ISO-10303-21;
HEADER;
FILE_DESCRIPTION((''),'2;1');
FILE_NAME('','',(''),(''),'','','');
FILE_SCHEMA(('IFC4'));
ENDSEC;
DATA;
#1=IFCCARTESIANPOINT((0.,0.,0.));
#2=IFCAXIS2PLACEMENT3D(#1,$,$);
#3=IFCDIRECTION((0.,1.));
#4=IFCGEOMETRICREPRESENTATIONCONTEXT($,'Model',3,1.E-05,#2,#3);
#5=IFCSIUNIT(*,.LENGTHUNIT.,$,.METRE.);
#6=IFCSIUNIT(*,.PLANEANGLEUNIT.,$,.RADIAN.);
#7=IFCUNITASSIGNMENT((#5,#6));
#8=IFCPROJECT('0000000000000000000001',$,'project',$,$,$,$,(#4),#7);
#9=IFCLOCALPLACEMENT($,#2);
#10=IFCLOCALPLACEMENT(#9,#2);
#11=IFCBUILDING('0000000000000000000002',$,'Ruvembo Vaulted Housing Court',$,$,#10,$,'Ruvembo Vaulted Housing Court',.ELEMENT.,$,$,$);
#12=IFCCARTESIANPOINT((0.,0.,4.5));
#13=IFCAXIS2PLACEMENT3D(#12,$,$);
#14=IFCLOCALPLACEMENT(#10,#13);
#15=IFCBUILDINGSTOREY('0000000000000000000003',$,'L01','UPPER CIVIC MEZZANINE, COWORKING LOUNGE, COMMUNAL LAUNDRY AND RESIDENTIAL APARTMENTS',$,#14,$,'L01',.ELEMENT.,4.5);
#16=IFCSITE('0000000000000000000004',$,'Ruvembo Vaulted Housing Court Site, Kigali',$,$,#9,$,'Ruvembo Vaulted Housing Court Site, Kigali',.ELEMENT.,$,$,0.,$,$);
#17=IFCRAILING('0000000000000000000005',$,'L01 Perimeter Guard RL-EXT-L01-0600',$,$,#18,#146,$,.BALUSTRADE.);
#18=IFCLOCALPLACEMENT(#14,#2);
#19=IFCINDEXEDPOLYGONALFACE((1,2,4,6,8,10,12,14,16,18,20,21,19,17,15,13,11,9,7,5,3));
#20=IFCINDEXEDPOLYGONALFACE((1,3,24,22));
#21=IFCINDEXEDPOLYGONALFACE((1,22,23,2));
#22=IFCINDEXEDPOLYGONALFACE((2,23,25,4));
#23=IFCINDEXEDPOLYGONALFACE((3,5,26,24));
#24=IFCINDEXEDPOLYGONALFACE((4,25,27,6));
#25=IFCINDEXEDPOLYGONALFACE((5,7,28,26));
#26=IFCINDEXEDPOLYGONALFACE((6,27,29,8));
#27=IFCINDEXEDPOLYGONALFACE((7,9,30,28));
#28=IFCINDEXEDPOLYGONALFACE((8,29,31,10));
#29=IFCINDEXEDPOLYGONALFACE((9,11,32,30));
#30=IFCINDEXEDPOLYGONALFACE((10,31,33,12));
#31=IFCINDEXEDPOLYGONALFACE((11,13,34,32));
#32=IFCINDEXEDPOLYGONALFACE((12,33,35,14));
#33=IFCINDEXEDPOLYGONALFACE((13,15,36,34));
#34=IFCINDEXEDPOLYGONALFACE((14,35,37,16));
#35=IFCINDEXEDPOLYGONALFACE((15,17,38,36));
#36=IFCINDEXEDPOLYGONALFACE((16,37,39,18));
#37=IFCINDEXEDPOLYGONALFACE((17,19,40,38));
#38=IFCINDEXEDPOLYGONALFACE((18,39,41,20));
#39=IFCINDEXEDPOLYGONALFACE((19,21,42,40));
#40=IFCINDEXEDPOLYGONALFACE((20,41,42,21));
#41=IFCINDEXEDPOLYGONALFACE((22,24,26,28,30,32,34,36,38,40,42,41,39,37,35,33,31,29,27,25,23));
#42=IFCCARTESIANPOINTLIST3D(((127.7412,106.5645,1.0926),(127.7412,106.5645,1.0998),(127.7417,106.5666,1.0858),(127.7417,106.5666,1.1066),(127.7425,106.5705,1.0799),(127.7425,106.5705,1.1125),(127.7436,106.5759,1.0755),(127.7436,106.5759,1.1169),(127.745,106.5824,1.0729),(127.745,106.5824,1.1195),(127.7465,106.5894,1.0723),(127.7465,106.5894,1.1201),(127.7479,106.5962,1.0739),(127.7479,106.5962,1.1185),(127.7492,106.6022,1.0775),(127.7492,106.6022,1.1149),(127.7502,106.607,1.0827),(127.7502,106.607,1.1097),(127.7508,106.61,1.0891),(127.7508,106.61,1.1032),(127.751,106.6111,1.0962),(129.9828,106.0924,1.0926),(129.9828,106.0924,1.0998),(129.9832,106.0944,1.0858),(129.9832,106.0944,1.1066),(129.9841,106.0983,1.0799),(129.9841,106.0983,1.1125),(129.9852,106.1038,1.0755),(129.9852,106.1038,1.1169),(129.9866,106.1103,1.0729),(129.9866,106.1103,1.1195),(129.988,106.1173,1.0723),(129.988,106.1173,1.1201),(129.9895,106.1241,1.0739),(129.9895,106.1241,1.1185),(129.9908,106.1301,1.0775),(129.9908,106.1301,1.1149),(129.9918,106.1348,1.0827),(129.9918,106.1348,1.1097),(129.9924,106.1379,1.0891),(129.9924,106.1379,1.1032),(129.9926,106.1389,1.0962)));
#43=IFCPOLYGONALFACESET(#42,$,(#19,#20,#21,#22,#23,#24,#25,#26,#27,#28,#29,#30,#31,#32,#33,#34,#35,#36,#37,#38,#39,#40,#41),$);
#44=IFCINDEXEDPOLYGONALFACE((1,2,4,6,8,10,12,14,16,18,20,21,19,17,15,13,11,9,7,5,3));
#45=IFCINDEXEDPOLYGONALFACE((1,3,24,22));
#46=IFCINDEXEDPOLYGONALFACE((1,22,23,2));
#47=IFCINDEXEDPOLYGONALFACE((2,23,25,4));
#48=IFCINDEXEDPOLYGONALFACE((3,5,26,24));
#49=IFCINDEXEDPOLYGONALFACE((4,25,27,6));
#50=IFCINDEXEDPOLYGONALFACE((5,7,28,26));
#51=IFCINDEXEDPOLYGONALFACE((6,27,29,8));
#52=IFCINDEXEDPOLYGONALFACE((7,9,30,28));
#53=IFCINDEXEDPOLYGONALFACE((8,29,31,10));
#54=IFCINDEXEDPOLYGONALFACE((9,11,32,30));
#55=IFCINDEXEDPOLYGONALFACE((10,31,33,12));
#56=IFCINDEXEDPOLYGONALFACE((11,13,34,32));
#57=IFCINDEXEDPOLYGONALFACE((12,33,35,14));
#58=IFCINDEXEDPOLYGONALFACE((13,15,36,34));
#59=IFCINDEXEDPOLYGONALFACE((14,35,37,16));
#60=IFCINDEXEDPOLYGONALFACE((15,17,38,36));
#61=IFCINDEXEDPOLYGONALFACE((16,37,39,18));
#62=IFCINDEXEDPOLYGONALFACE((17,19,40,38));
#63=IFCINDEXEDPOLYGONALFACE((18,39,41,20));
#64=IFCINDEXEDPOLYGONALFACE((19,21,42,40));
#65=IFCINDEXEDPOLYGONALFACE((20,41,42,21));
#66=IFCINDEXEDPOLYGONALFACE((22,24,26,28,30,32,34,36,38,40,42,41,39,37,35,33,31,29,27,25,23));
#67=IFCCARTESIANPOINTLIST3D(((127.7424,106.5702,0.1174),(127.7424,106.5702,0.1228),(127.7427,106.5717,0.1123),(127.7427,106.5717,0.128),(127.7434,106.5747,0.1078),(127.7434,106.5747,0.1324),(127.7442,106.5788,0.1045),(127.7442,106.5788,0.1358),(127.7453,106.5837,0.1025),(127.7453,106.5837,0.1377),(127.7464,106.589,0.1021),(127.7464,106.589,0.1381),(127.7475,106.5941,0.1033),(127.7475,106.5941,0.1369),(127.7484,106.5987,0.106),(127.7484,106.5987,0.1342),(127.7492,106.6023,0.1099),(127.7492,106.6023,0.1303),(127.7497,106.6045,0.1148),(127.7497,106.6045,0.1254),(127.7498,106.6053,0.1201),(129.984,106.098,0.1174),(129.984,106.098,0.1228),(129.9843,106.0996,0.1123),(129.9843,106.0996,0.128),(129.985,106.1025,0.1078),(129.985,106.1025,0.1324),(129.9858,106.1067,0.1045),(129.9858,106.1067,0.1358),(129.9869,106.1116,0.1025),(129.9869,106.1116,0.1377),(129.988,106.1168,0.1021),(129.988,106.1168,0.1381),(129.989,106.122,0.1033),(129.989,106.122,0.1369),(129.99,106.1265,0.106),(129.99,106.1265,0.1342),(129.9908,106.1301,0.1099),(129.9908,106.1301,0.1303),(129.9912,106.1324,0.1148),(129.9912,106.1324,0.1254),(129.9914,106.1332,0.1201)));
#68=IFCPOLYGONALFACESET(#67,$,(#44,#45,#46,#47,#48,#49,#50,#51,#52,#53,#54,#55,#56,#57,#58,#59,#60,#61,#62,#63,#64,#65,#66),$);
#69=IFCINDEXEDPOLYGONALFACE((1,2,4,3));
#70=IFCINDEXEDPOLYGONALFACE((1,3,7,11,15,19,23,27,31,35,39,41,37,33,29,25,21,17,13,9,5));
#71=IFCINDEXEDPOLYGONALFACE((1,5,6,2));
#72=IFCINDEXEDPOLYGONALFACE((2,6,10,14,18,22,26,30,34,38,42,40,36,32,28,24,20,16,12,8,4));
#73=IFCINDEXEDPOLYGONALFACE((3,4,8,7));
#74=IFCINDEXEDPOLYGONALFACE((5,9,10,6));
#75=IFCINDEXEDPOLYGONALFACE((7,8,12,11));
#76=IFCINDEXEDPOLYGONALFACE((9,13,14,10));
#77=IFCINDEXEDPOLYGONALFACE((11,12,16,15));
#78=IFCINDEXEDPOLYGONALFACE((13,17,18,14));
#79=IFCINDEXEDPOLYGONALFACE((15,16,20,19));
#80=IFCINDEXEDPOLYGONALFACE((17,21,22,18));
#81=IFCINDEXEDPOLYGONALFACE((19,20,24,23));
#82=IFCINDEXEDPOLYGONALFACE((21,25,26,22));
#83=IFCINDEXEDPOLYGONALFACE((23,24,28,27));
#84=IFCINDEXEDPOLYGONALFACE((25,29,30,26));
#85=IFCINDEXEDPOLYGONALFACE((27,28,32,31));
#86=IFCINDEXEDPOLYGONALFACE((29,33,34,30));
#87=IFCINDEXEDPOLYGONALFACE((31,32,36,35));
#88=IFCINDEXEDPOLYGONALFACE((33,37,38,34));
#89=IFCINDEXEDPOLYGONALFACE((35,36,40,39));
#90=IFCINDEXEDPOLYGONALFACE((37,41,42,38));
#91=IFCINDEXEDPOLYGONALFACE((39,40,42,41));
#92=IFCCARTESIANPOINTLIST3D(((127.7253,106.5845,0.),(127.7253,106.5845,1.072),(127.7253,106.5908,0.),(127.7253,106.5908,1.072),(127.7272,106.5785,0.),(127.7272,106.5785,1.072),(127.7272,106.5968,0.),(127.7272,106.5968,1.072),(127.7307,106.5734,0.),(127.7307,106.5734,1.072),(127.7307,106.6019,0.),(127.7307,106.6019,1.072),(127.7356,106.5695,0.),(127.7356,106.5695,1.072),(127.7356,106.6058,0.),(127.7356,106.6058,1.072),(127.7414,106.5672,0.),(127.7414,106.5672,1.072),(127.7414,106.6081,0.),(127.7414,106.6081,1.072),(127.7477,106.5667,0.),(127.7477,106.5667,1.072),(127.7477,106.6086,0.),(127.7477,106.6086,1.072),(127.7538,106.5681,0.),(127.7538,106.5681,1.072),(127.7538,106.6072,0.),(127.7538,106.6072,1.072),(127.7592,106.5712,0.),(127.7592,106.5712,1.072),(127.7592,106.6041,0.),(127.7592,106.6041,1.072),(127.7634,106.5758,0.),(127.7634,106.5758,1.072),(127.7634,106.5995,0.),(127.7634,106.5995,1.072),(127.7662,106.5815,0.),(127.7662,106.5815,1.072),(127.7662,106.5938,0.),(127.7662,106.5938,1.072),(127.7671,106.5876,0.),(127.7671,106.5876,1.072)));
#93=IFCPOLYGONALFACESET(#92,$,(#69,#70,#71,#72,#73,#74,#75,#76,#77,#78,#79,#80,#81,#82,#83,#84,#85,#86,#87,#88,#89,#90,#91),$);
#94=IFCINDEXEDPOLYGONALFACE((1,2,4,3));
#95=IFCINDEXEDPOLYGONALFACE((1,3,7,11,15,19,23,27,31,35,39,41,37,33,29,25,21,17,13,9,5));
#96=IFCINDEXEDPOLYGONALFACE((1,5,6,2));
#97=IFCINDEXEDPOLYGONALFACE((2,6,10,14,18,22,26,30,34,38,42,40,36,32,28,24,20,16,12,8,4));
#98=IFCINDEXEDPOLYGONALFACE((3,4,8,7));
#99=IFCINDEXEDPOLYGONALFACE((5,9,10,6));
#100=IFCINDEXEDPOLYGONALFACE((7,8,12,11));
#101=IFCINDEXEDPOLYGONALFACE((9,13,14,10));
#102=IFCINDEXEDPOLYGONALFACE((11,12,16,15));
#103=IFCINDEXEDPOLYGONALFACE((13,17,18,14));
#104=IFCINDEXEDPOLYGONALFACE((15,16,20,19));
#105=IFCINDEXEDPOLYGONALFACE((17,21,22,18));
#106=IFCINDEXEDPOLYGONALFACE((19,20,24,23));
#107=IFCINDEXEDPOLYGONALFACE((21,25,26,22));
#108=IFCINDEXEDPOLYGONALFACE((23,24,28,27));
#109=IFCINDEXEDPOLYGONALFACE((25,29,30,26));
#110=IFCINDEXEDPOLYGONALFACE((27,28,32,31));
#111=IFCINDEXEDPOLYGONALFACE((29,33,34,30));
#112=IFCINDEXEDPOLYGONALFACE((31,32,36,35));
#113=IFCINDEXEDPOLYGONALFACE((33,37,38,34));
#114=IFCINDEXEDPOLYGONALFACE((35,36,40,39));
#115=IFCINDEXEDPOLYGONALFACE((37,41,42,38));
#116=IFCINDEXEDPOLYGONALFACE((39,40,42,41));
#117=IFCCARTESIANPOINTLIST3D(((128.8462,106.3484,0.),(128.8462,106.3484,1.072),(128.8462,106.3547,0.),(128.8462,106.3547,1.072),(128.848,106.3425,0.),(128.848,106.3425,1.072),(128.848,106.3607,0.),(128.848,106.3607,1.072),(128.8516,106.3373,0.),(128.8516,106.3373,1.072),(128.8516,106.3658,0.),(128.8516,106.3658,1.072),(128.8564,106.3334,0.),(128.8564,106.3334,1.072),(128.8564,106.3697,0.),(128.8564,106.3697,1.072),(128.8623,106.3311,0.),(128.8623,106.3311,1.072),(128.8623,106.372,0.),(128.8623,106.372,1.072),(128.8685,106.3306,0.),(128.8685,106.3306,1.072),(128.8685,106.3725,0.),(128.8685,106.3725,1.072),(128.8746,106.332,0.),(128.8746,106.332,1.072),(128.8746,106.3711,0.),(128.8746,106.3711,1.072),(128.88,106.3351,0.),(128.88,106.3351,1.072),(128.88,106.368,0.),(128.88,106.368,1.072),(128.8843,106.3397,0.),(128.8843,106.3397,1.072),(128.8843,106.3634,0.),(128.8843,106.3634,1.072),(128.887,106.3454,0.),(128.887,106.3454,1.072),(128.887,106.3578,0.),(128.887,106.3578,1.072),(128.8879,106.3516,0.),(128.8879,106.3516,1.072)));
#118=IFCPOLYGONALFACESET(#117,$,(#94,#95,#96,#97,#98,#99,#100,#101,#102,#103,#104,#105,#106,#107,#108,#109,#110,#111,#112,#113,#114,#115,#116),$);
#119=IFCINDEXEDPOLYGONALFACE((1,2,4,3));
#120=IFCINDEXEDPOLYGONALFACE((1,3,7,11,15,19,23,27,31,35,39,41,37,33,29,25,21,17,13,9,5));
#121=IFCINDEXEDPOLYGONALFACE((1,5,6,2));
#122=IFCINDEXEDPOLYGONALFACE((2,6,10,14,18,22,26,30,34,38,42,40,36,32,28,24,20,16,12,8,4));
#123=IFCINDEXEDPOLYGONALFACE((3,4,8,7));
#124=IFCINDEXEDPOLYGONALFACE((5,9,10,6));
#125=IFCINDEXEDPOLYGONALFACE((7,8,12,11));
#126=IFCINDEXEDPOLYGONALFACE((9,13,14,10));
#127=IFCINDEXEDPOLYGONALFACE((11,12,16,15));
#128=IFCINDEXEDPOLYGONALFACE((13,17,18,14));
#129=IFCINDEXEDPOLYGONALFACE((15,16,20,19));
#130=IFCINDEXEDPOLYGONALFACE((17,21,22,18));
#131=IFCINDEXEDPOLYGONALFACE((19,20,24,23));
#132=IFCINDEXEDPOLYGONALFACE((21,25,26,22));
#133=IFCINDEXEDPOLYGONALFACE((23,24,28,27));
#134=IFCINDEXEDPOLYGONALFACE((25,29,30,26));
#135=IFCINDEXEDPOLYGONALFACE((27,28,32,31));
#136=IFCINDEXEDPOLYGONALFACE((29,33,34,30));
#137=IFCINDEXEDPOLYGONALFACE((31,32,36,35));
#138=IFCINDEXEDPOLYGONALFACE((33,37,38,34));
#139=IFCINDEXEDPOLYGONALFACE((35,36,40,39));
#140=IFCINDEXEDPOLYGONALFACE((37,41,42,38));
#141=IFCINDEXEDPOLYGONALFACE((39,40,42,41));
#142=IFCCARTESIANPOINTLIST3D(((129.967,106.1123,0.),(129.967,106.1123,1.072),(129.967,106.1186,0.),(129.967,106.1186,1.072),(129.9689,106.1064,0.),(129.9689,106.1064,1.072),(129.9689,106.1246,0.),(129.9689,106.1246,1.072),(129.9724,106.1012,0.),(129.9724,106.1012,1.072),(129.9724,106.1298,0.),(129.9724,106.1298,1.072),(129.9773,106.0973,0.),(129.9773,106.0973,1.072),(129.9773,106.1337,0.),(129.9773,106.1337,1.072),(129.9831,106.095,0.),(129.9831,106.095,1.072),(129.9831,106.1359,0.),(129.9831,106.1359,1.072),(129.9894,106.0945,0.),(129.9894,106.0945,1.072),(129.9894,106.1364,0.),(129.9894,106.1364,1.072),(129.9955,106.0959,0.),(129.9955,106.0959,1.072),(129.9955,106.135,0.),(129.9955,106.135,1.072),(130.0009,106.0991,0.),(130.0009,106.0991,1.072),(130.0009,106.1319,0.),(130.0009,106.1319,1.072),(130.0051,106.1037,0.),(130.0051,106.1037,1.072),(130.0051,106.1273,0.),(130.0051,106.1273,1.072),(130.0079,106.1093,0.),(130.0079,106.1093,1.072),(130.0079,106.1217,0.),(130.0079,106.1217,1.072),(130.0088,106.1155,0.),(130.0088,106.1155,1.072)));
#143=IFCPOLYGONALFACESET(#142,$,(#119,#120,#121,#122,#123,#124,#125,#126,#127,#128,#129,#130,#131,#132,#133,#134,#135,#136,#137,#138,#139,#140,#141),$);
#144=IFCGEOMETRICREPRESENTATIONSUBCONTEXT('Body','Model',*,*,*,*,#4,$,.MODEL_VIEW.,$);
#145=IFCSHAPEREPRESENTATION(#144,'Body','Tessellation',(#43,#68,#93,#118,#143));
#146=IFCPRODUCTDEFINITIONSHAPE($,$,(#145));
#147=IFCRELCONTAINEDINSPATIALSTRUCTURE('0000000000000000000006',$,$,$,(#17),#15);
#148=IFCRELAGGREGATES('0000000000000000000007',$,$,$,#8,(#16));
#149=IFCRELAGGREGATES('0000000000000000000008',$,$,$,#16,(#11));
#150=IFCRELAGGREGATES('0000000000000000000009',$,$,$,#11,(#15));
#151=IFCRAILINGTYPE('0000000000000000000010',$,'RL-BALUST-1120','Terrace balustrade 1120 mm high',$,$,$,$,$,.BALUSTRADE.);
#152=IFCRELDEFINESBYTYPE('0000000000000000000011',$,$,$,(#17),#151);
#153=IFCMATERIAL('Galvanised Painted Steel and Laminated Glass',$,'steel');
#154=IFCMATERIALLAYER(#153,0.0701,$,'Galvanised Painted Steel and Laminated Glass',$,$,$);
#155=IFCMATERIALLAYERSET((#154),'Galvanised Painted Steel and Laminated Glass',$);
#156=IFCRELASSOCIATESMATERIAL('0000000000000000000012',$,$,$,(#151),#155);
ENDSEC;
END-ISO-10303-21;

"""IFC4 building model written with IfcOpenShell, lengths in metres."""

from ifc_helpers import new_model, si_unit, direction, frame, origin, origin_2d, place, context, subcontext, project, spatial, circle, extrude, material, layer, layer_set, type_object, element, save


model = new_model("IFC4")

# Units and contexts
model_context = context("Model", 3, precision=1e-05, world=origin(), true_north=direction((0.0, 1.0)))
body_context = subcontext(model_context, "Body", "Model", "MODEL_VIEW")
ifc_project = project(units=[si_unit("LENGTHUNIT", "METRE"), si_unit("PLANEANGLEUNIT", "RADIAN")], contexts=[model_context])

# Site, building, storey
site_placement = place(None, origin())
site = spatial("IfcSite", under=ifc_project, at=site_placement, Name="Ruvembo Vaulted Housing Court Site, Kigali", LongName="Ruvembo Vaulted Housing Court Site, Kigali", CompositionType="ELEMENT", RefElevation=0.0)
building_placement = place(site_placement, origin())
building = spatial("IfcBuilding", under=site, at=building_placement, Name="Ruvembo Vaulted Housing Court", LongName="Ruvembo Vaulted Housing Court", CompositionType="ELEMENT")
storey_placement = place(building_placement, frame((0.0, 0.0, 4.5)))
storey = spatial("IfcBuildingStorey", under=building, at=storey_placement, Name="L01", Description="UPPER CIVIC MEZZANINE, COWORKING LOUNGE, COMMUNAL LAUNDRY AND RESIDENTIAL APARTMENTS", LongName="L01", CompositionType="ELEMENT", Elevation=4.5)

# Railing
ifc_material_1 = material(Name="Galvanised Painted Steel and Laminated Glass", Category="steel")
ifc_layer_1 = layer(ifc_material_1, 0.0701, Name="Galvanised Painted Steel and Laminated Glass")
ifc_layer_set_1 = layer_set([ifc_layer_1], Name="Galvanised Painted Steel and Laminated Glass")
railing_type = type_object("IfcRailingType", Name="RL-BALUST-1120", Description="Terrace balustrade 1120 mm high", PredefinedType="BALUSTRADE", material=ifc_layer_set_1)
railing_1_placement = place(storey_placement, frame((127.7461, 106.5876, 0.0)))
element("IfcRailing", 1, at=railing_1_placement, inside=storey, type_object=railing_type, Name="L01 Perimeter Guard RL-EXT-L01-0600", PredefinedType="BALUSTRADE", context=body_context, shape_type="SweptSolid", body=[
    extrude(circle(Radius=0.0239, at=origin_2d()), frame((0.0, 0.0, 1.0962), z_axis=(0.978529, -0.206107, 0.0), x_axis=(0.206107, 0.978529, 0.0)), (0.0, 0.0, 1.0), 2.2908),
    extrude(circle(Radius=0.0181, at=origin_2d()), frame((0.0, 0.0, 0.1201), z_axis=(0.978529, -0.206107, 0.0), x_axis=(0.206107, 0.978529, 0.0)), (0.0, 0.0, 1.0), 2.2908),
    extrude(circle(Radius=0.021, at=origin_2d()), origin(), (0.0, 0.0, 1.0), 1.072),
    extrude(circle(Radius=0.021, at=origin_2d()), frame((1.1208, -0.2361, 0.0)), (0.0, 0.0, 1.0), 1.072),
    extrude(circle(Radius=0.021, at=origin_2d()), frame((2.2417, -0.4722, 0.0)), (0.0, 0.0, 1.0), 1.072),
])

save(model, "model.ifc")
